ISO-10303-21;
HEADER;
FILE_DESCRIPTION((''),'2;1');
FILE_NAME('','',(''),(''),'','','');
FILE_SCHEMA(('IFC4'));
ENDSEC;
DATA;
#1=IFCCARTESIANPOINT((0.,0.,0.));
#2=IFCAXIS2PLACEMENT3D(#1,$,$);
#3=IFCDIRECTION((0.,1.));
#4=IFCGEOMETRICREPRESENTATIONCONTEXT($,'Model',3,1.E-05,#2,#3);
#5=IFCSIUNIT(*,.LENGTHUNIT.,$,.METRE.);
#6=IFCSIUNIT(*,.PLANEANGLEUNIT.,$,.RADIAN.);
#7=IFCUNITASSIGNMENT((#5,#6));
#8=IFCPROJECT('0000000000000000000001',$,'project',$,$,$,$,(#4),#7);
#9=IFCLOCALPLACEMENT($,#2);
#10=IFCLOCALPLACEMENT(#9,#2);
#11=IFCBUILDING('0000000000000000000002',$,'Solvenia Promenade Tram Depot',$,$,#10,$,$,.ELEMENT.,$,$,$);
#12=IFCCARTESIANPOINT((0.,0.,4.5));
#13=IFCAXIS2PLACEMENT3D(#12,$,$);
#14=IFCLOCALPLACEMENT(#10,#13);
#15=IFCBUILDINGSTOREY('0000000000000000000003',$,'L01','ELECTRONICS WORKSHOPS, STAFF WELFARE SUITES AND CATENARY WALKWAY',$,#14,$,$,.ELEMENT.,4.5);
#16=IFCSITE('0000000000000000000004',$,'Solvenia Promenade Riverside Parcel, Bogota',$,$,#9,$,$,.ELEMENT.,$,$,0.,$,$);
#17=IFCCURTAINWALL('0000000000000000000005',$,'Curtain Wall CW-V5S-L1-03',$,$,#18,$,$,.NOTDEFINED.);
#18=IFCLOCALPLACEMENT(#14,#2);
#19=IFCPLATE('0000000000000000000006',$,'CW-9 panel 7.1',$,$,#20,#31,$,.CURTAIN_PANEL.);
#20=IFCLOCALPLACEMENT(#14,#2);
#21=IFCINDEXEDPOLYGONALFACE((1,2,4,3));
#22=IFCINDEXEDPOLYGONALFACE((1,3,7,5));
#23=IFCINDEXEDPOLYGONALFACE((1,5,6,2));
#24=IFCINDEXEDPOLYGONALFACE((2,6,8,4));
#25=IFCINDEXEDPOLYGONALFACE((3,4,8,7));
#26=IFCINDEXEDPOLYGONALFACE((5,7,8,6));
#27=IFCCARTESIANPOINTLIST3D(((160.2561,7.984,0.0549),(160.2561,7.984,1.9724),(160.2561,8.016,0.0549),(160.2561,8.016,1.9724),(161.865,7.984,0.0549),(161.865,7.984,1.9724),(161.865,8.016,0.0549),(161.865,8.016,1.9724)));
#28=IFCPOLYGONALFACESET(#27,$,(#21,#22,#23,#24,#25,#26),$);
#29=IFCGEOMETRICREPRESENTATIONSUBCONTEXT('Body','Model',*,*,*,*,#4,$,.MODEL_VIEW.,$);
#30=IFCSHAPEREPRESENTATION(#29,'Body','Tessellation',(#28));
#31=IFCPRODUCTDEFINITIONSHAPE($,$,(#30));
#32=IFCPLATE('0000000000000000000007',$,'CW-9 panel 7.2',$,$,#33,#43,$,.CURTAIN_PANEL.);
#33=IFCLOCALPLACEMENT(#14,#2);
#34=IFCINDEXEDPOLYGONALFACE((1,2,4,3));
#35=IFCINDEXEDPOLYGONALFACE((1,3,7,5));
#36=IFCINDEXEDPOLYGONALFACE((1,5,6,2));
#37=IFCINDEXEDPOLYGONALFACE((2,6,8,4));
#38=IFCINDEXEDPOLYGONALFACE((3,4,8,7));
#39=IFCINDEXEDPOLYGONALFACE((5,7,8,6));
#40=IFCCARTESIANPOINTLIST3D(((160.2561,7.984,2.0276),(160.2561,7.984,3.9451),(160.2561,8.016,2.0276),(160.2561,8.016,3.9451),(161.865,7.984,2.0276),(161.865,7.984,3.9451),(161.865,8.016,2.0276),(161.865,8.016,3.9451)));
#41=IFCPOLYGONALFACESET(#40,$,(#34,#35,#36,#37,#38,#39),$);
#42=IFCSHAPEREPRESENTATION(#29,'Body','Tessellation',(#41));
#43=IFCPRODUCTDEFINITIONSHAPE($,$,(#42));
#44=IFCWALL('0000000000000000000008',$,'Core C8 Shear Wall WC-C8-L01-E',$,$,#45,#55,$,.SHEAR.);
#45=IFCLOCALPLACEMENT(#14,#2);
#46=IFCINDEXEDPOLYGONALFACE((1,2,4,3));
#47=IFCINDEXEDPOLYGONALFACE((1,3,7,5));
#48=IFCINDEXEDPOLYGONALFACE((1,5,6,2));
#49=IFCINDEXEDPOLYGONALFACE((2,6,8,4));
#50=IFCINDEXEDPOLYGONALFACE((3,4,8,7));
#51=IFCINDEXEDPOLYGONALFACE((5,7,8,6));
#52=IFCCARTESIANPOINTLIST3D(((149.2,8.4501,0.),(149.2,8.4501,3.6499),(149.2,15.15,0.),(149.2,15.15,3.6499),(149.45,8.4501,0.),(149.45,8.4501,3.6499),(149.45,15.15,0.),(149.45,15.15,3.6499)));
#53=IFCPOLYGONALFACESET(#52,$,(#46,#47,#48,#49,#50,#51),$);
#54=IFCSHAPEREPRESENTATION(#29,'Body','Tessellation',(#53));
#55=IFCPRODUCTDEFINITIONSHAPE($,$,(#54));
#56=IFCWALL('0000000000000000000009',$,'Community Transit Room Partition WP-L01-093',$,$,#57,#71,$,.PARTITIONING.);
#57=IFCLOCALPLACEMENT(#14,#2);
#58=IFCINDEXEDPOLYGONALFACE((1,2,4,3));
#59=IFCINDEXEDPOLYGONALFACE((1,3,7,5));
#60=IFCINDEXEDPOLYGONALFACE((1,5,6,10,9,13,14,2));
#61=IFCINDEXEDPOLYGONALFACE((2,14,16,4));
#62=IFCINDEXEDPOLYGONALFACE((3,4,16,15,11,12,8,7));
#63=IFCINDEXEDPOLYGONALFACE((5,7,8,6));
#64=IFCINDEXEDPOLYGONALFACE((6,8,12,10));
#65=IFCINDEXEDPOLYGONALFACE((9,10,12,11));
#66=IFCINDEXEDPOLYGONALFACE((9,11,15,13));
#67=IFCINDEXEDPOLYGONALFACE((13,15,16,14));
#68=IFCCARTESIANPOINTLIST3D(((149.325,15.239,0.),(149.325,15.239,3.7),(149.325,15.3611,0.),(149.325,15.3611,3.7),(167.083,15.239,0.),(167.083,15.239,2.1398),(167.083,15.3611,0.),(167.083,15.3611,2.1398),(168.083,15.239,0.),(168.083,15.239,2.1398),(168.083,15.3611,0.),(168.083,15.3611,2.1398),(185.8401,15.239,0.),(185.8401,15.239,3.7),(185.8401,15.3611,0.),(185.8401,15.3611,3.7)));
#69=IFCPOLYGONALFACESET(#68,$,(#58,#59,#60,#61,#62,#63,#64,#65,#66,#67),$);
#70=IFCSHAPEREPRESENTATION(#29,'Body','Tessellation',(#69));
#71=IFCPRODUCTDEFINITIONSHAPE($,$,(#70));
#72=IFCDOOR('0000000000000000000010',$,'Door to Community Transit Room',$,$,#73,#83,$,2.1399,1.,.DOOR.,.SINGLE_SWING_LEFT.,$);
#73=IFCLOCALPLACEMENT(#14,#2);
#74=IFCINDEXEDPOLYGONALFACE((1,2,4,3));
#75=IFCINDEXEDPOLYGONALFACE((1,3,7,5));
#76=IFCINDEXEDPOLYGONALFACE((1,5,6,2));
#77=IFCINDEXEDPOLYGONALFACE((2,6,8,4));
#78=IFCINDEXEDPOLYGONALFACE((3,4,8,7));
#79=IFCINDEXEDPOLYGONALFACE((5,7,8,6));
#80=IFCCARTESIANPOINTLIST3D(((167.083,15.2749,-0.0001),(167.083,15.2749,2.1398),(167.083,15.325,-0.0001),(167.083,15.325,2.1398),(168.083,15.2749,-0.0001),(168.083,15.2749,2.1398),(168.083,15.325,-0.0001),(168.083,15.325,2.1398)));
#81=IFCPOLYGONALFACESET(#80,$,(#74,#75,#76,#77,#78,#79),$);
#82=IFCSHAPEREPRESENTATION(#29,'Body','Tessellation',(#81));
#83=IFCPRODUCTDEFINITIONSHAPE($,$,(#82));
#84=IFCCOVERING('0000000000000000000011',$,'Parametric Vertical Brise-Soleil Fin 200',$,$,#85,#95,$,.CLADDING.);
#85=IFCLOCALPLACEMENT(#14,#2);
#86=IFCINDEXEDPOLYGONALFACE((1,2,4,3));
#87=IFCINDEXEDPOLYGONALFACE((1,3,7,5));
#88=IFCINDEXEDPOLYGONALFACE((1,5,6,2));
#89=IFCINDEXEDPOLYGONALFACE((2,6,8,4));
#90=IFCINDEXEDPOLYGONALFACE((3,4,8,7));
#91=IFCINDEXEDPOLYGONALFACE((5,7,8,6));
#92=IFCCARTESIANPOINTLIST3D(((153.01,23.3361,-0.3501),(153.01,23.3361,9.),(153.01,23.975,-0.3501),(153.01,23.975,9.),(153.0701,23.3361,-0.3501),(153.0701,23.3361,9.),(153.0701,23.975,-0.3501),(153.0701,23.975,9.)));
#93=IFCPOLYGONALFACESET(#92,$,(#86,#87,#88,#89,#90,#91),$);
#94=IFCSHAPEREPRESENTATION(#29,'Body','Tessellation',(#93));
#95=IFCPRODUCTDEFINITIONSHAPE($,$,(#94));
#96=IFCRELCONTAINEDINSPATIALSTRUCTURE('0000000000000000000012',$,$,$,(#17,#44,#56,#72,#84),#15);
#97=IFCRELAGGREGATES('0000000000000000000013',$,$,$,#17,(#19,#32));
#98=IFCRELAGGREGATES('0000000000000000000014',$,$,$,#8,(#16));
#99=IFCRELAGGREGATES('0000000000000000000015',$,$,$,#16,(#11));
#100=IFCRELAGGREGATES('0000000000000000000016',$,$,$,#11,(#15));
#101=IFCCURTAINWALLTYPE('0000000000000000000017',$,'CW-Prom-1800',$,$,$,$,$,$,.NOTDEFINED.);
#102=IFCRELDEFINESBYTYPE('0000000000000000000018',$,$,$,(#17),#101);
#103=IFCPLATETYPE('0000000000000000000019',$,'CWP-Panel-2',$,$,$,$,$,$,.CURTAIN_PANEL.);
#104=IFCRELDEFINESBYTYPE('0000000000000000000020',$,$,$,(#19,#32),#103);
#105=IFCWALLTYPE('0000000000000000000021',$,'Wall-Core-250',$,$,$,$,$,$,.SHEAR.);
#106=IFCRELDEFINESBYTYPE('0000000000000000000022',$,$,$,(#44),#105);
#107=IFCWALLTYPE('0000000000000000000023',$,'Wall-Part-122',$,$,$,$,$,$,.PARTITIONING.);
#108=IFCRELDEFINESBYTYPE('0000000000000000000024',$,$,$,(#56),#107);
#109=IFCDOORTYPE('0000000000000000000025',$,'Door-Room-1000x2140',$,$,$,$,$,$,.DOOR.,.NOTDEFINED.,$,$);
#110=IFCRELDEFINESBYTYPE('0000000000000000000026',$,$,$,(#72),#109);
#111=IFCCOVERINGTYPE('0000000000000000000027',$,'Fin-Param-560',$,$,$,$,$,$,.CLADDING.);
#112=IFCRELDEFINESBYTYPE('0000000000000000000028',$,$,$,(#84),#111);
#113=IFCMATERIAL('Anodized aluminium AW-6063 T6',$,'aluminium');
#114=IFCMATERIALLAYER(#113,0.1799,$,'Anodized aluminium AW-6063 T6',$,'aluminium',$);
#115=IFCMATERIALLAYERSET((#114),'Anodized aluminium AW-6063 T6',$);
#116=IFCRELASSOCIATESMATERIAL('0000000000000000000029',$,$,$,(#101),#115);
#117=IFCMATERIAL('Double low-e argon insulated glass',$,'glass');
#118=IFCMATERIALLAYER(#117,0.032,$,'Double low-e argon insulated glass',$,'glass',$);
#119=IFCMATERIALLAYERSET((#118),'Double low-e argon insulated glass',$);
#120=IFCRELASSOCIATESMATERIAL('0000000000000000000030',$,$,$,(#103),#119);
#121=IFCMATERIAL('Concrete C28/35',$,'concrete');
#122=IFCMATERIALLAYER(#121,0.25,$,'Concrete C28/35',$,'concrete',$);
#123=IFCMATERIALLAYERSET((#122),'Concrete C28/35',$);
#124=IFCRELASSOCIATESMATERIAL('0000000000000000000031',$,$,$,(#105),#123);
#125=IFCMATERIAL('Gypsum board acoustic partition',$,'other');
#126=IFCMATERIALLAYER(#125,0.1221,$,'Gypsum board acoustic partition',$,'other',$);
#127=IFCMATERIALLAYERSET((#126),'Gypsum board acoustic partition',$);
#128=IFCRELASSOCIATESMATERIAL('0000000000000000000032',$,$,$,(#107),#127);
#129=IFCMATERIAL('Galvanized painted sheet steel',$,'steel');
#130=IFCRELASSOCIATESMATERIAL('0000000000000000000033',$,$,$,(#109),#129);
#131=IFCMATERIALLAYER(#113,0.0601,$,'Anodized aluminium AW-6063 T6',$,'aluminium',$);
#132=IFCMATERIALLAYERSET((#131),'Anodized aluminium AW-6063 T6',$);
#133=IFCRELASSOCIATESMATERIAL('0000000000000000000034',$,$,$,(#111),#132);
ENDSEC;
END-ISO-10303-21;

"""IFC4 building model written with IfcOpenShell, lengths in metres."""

from ifc_helpers import new_model, si_unit, direction, frame, frame_2d, origin, origin_2d, place, context, subcontext, project, spatial, rectangle, extrude, material, layer, layer_set, type_object, element, fill, aggregate, save


model = new_model("IFC4")

# Units and contexts
model_context = context("Model", 3, precision=1e-05, world=origin(), true_north=direction((0.0, 1.0)))
body_context = subcontext(model_context, "Body", "Model", "MODEL_VIEW")
ifc_project = project(units=[si_unit("LENGTHUNIT", "METRE"), si_unit("PLANEANGLEUNIT", "RADIAN")], contexts=[model_context])

# Site, building, storey
site_placement = place(None, origin())
site = spatial("IfcSite", under=ifc_project, at=site_placement, Name="Solvenia Promenade Riverside Parcel, Bogota", CompositionType="ELEMENT", RefElevation=0.0)
building_placement = place(site_placement, origin())
building = spatial("IfcBuilding", under=site, at=building_placement, Name="Solvenia Promenade Tram Depot", CompositionType="ELEMENT")
storey_placement = place(building_placement, frame((0.0, 0.0, 4.5)))
storey = spatial("IfcBuildingStorey", under=building, at=storey_placement, Name="L01", Description="ELECTRONICS WORKSHOPS, STAFF WELFARE SUITES AND CATENARY WALKWAY", CompositionType="ELEMENT", Elevation=4.5)

# Curtain wall
ifc_material_1 = material(Name="Anodized aluminium AW-6063 T6", Category="aluminium")
ifc_layer_1 = layer(ifc_material_1, 0.1799, Name="Anodized aluminium AW-6063 T6", Category="aluminium")
ifc_layer_set_1 = layer_set([ifc_layer_1], Name="Anodized aluminium AW-6063 T6")
curtain_wall_type = type_object("IfcCurtainWallType", Name="CW-Prom-1800", PredefinedType="NOTDEFINED", material=ifc_layer_set_1)
curtain_wall_1_placement = place(storey_placement, origin())
curtain_wall_1 = element("IfcCurtainWall", 1, at=curtain_wall_1_placement, inside=storey, type_object=curtain_wall_type, Name="Curtain Wall CW-V5S-L1-03", PredefinedType="NOTDEFINED")

# Plates
ifc_material_2 = material(Name="Double low-e argon insulated glass", Category="glass")
ifc_layer_2 = layer(ifc_material_2, 0.032, Name="Double low-e argon insulated glass", Category="glass")
ifc_layer_set_2 = layer_set([ifc_layer_2], Name="Double low-e argon insulated glass")
plate_type = type_object("IfcPlateType", Name="CWP-Panel-2", PredefinedType="CURTAIN_PANEL", material=ifc_layer_set_2)
plate_1_placement = place(storey_placement, frame((161.0605, 8.0, 0.0549), z_axis=(0.0, 0.0, 1.0), x_axis=(1.0, 0.0, 0.0)))
plate_1 = element("IfcPlate", 2, at=plate_1_placement, type_object=plate_type, Name="CW-9 panel 7.1", PredefinedType="CURTAIN_PANEL", context=body_context, shape_type="SweptSolid", body=[
    extrude(rectangle(XDim=1.6089, YDim=0.032, at=origin_2d()), origin(), (0.0, 0.0, 1.0), 1.9175),
])
plate_2_placement = place(storey_placement, frame((161.0605, 8.0, 2.0276), z_axis=(0.0, 0.0, 1.0), x_axis=(1.0, 0.0, 0.0)))
plate_2 = element("IfcPlate", 3, at=plate_2_placement, type_object=plate_type, Name="CW-9 panel 7.2", PredefinedType="CURTAIN_PANEL", context=body_context, shape_type="SweptSolid", body=[
    extrude(rectangle(XDim=1.6089, YDim=0.032, at=origin_2d()), origin(), (0.0, 0.0, 1.0), 1.9175),
])
aggregate(curtain_wall_1, [plate_1, plate_2])

# Wall
ifc_material_3 = material(Name="Concrete C28/35", Category="concrete")
ifc_layer_3 = layer(ifc_material_3, 0.25, Name="Concrete C28/35", Category="concrete")
ifc_layer_set_3 = layer_set([ifc_layer_3], Name="Concrete C28/35")
wall_type_1 = type_object("IfcWallType", Name="Wall-Core-250", PredefinedType="SHEAR", material=ifc_layer_set_3)
wall_1_placement = place(storey_placement, frame((149.325, 8.45, 0.0), z_axis=(0.0, 0.0, 1.0), x_axis=(0.0, 1.0, 0.0)))
element("IfcWall", 4, at=wall_1_placement, inside=storey, type_object=wall_type_1, Name="Core C8 Shear Wall WC-C8-L01-E", PredefinedType="SHEAR", context=body_context, shape_type="SweptSolid", body=[
    extrude(rectangle(XDim=6.7, YDim=0.25, at=frame_2d((3.3501, 0.0))), origin(), (0.0, 0.0, 1.0), 3.6499),
])

# Wall, opening, door
ifc_material_4 = material(Name="Gypsum board acoustic partition", Category="other")
ifc_layer_4 = layer(ifc_material_4, 0.1221, Name="Gypsum board acoustic partition", Category="other")
ifc_layer_set_4 = layer_set([ifc_layer_4], Name="Gypsum board acoustic partition")
wall_type_2 = type_object("IfcWallType", Name="Wall-Part-122", PredefinedType="PARTITIONING", material=ifc_layer_set_4)
wall_2_placement = place(storey_placement, frame((149.325, 15.3, 0.0), z_axis=(0.0, 0.0, 1.0), x_axis=(1.0, 0.0, 0.0)))
wall_2 = element("IfcWall", 5, at=wall_2_placement, inside=storey, type_object=wall_type_2, Name="Community Transit Room Partition WP-L01-093", PredefinedType="PARTITIONING", context=body_context, shape_type="SweptSolid", body=[
    extrude(rectangle(XDim=36.5151, YDim=0.1221, at=frame_2d((18.2576, 0.0))), origin(), (0.0, 0.0, 1.0), 3.7),
])
opening_placement = place(wall_2_placement, frame((17.7581, 0.0, 0.0)))
opening = element("IfcOpeningElement", 6, at=opening_placement, cuts=wall_2, PredefinedType="OPENING", context=body_context, shape_type="SweptSolid", body=[
    extrude(rectangle(XDim=1.0, YDim=2.1399, at=frame_2d((0.5, 1.0698))), frame((0.0, 0.071, 0.0), z_axis=(0.0, -1.0, 0.0), x_axis=(1.0, 0.0, 0.0)), (0.0, 0.0, 1.0), 0.1421),
])
ifc_material_5 = material(Name="Galvanized painted sheet steel", Category="steel")
door_type = type_object("IfcDoorType", Name="Door-Room-1000x2140", OperationType="NOTDEFINED", PredefinedType="DOOR", material=ifc_material_5)
door_placement = place(opening_placement, origin())
door = element("IfcDoor", 7, at=door_placement, inside=storey, type_object=door_type, Name="Door to Community Transit Room", OperationType="SINGLE_SWING_LEFT", OverallHeight=2.1399, OverallWidth=1.0, PredefinedType="DOOR", context=body_context, shape_type="SweptSolid", body=[
    extrude(rectangle(XDim=1.0, YDim=2.1399, at=frame_2d((0.5, 1.0698))), frame((0.0, 0.0249, 0.0), z_axis=(0.0, -1.0, 0.0), x_axis=(1.0, 0.0, 0.0)), (0.0, 0.0, 1.0), 0.05),
])
fill(opening, door)

# Covering
ifc_layer_5 = layer(ifc_material_1, 0.0601, Name="Anodized aluminium AW-6063 T6", Category="aluminium")
ifc_layer_set_5 = layer_set([ifc_layer_5], Name="Anodized aluminium AW-6063 T6")
covering_type = type_object("IfcCoveringType", Name="Fin-Param-560", PredefinedType="CLADDING", material=ifc_layer_set_5)
covering_placement = place(storey_placement, frame((153.04, 23.6555, -0.3501), z_axis=(0.0, 0.0, 1.0), x_axis=(1.0, 0.0, 0.0)))
element("IfcCovering", 8, at=covering_placement, inside=storey, type_object=covering_type, Name="Parametric Vertical Brise-Soleil Fin 200", PredefinedType="CLADDING", context=body_context, shape_type="SweptSolid", body=[
    extrude(rectangle(XDim=0.0601, YDim=0.6389, at=origin_2d()), origin(), (0.0, 0.0, 1.0), 9.3501),
])

save(model, "model.ifc")
